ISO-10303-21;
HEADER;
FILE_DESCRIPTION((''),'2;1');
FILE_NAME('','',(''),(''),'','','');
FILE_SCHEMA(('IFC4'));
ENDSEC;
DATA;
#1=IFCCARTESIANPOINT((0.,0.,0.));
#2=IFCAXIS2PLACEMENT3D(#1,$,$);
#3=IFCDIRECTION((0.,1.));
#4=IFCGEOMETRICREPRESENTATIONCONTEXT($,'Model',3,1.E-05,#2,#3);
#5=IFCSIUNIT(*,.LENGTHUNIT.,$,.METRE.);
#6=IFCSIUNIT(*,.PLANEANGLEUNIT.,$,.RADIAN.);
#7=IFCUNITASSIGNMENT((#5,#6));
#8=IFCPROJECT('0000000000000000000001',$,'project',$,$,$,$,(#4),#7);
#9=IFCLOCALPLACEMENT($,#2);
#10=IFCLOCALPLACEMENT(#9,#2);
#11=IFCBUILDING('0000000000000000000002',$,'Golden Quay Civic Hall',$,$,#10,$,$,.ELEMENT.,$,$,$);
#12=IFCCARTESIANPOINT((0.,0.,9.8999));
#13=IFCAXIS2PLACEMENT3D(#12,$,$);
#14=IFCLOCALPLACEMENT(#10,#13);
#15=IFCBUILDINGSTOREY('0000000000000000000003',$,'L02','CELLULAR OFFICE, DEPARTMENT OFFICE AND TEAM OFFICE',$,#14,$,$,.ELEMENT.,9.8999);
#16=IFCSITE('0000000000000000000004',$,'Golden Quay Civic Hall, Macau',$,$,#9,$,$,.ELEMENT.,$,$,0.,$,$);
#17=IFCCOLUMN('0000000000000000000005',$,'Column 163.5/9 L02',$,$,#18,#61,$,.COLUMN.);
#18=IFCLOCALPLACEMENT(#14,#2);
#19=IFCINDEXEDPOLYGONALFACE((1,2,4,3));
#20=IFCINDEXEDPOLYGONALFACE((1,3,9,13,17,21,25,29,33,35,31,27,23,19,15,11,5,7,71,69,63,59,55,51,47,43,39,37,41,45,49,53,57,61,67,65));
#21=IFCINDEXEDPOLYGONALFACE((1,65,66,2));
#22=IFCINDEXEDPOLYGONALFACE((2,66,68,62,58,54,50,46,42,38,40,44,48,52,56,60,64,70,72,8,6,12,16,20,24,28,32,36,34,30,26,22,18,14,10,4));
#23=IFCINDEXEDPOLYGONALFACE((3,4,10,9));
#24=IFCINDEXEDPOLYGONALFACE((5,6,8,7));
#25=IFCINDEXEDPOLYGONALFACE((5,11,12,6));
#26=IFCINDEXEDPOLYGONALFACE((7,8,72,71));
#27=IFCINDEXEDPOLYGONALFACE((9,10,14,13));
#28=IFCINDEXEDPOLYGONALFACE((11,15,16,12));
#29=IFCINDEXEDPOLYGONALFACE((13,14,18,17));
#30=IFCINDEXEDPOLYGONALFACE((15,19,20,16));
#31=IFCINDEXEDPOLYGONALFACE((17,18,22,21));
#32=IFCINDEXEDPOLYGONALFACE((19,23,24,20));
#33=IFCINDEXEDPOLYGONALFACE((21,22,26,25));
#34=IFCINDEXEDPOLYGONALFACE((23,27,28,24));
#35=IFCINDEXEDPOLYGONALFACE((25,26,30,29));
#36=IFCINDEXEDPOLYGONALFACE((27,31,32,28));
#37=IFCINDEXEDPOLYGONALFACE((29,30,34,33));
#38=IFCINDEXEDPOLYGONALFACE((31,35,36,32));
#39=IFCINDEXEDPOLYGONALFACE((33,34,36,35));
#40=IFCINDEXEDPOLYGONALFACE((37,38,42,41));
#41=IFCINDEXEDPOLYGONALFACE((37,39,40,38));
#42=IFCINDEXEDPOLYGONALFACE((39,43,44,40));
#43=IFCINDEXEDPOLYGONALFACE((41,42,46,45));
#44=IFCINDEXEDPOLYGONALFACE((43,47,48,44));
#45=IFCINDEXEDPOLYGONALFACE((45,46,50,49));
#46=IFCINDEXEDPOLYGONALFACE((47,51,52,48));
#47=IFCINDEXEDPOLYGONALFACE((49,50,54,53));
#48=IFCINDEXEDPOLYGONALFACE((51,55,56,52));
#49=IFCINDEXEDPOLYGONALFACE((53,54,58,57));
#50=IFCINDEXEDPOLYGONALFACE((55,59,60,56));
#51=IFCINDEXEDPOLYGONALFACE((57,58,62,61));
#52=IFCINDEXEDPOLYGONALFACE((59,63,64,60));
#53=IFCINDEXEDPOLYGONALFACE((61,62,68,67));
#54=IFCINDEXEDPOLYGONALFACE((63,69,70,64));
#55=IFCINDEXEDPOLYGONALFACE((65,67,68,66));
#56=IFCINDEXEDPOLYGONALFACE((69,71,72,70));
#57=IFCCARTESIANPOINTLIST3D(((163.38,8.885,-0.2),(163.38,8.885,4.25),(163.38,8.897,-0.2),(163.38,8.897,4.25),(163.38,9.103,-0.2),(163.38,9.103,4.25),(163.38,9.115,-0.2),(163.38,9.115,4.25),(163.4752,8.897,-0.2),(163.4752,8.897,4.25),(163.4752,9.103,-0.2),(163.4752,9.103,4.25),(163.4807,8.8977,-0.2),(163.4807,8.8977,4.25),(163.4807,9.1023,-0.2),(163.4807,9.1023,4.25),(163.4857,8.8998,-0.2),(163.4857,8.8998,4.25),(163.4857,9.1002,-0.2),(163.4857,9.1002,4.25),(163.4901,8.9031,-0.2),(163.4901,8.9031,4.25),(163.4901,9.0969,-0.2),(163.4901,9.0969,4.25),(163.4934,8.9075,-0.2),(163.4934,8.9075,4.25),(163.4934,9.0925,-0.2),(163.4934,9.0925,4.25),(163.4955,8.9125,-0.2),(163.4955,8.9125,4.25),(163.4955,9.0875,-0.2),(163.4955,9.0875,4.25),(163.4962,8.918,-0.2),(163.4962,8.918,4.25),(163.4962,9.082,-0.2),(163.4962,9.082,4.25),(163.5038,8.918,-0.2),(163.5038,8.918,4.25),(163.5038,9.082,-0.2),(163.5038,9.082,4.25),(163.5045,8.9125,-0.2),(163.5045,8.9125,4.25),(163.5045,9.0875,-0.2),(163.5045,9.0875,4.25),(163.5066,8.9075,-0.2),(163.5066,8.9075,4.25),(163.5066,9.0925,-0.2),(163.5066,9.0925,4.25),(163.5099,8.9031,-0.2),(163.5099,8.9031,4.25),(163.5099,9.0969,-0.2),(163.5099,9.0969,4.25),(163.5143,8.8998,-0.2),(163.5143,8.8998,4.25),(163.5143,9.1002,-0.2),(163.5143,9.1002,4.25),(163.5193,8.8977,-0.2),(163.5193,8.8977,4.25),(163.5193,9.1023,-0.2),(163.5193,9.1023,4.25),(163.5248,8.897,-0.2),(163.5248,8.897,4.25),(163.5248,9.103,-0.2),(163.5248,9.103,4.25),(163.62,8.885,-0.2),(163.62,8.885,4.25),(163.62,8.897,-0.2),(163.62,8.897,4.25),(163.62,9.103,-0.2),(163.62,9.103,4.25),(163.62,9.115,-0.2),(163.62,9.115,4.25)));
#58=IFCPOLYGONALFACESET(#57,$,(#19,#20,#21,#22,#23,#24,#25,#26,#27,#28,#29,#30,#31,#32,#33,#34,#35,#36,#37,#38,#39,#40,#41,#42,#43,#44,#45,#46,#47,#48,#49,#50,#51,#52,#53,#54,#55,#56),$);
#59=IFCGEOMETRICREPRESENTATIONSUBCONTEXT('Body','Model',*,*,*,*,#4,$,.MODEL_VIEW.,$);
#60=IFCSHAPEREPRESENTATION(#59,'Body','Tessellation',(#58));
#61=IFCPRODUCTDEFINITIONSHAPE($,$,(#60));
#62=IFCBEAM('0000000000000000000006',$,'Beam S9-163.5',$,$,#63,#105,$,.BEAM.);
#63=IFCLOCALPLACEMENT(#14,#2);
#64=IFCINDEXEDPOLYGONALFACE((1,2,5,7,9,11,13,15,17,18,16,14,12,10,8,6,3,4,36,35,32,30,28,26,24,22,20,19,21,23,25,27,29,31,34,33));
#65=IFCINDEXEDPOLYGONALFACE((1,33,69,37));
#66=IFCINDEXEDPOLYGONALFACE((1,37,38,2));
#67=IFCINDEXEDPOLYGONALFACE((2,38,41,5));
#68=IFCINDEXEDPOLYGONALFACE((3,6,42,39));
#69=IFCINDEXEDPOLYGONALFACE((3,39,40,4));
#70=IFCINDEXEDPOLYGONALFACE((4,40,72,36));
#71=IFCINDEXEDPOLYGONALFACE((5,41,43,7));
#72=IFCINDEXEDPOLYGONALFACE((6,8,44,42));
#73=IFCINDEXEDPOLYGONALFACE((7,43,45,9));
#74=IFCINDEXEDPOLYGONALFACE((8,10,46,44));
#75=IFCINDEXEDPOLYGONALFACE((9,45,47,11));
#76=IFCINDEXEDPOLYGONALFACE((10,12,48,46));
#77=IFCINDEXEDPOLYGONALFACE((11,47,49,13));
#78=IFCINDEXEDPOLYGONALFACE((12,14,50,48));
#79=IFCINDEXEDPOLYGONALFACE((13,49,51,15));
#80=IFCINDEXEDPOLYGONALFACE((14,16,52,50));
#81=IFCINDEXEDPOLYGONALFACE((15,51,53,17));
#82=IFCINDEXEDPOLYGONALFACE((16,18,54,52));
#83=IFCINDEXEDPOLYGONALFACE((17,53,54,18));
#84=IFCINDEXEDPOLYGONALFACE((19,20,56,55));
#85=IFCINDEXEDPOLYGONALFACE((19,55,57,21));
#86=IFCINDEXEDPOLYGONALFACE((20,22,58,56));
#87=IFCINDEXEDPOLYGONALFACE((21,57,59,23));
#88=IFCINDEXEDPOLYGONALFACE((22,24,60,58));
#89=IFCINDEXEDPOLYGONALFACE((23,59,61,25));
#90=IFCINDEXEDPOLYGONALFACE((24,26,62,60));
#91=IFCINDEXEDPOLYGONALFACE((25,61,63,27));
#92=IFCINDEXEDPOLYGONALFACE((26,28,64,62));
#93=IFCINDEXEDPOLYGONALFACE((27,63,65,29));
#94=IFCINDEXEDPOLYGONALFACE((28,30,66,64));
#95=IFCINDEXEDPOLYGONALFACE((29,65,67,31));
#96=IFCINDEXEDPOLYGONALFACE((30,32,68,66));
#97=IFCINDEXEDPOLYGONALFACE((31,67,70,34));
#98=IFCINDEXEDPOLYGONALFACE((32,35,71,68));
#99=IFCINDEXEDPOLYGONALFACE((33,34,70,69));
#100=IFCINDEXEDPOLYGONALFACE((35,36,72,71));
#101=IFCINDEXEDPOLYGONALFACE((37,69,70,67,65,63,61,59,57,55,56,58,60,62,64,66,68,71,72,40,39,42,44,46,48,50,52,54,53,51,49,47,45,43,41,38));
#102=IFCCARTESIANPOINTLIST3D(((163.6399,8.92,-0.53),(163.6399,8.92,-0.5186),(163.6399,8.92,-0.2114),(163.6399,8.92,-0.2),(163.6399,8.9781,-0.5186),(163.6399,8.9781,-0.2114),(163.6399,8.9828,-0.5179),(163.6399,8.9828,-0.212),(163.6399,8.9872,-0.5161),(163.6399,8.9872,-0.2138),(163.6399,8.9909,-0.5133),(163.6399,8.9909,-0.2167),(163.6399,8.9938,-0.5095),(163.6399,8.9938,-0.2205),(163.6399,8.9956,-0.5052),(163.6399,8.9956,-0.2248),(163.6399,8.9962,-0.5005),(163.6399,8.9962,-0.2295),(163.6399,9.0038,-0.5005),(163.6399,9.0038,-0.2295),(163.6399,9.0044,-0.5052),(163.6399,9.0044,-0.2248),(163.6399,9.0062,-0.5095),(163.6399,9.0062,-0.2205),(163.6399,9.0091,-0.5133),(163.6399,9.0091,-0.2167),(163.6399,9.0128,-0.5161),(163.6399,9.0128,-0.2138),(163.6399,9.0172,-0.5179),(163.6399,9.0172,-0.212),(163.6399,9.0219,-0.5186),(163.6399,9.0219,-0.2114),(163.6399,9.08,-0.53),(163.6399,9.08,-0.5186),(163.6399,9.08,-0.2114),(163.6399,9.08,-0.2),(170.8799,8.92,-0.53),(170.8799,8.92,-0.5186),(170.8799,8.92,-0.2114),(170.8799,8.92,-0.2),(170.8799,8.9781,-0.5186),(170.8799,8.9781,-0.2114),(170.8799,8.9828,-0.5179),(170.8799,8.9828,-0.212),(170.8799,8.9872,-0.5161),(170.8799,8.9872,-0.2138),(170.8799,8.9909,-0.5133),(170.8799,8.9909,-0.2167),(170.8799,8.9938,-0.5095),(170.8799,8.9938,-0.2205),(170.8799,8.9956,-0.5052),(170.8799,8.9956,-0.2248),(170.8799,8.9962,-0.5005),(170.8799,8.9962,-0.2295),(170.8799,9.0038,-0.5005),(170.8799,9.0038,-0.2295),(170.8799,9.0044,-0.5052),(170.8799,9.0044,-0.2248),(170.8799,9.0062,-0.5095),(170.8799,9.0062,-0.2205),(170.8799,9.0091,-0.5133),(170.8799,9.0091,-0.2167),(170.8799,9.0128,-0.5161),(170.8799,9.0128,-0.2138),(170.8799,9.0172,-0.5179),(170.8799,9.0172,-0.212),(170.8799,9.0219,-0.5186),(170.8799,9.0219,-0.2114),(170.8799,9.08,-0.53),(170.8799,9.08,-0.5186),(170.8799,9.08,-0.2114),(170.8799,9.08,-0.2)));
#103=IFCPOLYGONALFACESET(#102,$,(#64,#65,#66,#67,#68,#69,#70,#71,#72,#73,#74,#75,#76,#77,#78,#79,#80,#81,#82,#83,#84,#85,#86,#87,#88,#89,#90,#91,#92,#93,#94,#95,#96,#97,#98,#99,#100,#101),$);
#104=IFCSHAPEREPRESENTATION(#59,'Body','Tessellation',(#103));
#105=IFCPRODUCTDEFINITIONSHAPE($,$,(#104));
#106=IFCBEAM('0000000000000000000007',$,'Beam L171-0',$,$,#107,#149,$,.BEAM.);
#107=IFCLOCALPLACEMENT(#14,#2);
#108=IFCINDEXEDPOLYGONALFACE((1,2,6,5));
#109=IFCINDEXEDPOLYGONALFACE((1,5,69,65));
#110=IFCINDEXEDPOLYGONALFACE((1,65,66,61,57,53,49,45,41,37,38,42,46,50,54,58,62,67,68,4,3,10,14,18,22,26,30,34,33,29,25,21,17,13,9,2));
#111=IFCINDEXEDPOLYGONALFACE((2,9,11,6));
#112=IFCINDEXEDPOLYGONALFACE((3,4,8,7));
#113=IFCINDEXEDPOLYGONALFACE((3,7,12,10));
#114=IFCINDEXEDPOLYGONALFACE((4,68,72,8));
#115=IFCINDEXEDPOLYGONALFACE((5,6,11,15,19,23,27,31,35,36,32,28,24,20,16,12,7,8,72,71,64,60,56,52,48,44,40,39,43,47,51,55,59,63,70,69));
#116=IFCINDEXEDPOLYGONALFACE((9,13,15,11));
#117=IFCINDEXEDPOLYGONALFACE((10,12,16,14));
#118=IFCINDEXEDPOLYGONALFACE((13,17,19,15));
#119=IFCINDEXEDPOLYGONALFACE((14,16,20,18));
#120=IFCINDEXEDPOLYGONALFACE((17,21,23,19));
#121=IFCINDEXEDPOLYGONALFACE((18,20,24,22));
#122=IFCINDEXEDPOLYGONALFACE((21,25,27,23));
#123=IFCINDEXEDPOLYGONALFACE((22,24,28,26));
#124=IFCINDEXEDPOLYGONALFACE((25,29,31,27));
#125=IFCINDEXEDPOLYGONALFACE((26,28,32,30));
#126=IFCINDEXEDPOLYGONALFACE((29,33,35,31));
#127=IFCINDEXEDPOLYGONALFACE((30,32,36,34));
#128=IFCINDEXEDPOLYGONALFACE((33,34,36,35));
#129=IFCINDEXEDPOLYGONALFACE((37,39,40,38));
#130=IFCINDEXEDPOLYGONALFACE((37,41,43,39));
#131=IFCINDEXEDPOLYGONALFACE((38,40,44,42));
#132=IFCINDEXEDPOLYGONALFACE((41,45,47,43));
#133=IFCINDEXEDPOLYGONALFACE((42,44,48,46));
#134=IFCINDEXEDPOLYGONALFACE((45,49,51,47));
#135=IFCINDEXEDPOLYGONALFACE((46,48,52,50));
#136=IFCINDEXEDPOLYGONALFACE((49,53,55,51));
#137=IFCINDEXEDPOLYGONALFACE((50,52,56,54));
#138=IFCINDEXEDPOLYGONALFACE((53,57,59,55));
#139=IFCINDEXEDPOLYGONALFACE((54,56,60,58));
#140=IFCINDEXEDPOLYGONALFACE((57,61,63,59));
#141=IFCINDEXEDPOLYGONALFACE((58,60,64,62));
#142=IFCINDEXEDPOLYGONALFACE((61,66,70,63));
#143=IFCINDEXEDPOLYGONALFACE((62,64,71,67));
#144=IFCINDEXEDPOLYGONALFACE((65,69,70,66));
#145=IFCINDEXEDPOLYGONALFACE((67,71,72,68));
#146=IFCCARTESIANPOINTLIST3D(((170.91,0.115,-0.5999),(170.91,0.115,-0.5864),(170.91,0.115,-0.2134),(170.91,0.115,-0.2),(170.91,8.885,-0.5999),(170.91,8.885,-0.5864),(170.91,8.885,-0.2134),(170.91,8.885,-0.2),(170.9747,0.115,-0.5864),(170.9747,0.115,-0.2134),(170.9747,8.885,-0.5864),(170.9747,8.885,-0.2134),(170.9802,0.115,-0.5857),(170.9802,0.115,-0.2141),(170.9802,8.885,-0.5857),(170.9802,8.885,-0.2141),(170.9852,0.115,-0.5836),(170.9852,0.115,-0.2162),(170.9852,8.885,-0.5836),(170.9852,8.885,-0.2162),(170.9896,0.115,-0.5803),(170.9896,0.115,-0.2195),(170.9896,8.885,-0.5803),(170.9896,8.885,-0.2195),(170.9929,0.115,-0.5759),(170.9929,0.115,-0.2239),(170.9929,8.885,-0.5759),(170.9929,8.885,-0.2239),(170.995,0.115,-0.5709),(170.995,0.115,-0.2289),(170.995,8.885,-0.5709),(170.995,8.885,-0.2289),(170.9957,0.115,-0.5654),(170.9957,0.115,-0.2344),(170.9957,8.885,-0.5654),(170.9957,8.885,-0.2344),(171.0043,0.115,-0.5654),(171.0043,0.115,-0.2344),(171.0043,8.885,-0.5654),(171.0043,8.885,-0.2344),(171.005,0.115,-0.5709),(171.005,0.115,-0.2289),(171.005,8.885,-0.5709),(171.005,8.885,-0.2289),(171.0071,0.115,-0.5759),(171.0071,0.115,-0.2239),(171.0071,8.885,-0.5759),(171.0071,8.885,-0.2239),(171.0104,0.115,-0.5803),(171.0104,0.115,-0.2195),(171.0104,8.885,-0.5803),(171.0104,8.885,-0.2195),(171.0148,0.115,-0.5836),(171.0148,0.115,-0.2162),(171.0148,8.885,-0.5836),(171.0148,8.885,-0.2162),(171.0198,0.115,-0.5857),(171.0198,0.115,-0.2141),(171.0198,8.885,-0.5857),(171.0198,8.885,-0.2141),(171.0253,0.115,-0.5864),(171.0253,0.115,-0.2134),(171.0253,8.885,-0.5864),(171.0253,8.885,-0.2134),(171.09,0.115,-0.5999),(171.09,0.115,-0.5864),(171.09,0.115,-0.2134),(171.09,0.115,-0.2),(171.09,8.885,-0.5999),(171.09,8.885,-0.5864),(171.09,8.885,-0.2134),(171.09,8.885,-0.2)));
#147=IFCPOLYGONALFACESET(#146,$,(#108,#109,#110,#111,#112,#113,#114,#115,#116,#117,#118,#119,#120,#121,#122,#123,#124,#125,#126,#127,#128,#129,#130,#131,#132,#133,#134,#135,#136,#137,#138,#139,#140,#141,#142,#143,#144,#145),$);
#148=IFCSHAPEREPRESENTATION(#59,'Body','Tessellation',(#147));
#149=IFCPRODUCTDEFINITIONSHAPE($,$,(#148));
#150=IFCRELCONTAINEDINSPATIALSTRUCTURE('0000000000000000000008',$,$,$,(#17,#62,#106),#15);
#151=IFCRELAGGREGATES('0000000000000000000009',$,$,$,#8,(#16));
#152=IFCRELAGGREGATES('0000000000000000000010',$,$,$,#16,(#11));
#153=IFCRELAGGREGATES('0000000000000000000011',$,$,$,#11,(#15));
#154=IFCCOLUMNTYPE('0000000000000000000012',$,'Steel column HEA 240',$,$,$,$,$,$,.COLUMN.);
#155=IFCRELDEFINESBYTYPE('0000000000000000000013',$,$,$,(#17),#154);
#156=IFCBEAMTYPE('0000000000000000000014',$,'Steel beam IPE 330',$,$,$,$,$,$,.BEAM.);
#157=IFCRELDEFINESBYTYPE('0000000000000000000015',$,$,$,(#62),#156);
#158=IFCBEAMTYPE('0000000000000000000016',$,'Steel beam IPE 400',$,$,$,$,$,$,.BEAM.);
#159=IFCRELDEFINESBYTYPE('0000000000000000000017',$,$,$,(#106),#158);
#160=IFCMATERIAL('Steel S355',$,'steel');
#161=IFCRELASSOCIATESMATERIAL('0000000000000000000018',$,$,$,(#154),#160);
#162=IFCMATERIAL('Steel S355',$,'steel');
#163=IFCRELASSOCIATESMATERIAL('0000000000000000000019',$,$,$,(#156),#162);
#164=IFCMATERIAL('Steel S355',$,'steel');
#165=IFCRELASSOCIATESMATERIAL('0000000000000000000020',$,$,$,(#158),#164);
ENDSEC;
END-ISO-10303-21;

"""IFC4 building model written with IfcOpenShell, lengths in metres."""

from ifc_helpers import new_model, si_unit, direction, frame, origin, origin_2d, place, context, subcontext, project, spatial, i_section, extrude, material, material_profile, profile_set, type_object, element, save


model = new_model("IFC4")

# Units and contexts
model_context = context("Model", 3, precision=1e-05, world=origin(), true_north=direction((0.0, 1.0)))
body_context = subcontext(model_context, "Body", "Model", "MODEL_VIEW")
ifc_project = project(units=[si_unit("LENGTHUNIT", "METRE"), si_unit("PLANEANGLEUNIT", "RADIAN")], contexts=[model_context])

# Site, building, storey
site_placement = place(None, origin())
site = spatial("IfcSite", under=ifc_project, at=site_placement, Name="Golden Quay Civic Hall, Macau", CompositionType="ELEMENT", RefElevation=0.0)
building_placement = place(site_placement, origin())
building = spatial("IfcBuilding", under=site, at=building_placement, Name="Golden Quay Civic Hall", CompositionType="ELEMENT")
storey_placement = place(building_placement, frame((0.0, 0.0, 9.8999)))
storey = spatial("IfcBuildingStorey", under=building, at=storey_placement, Name="L02", Description="CELLULAR OFFICE, DEPARTMENT OFFICE AND TEAM OFFICE", CompositionType="ELEMENT", Elevation=9.8999)

# Column
ifc_material_1 = material(Name="Steel S355", Category="steel")
ifc_material_profile_1 = material_profile(ifc_material_1, i_section(OverallWidth=0.24, OverallDepth=0.23, WebThickness=0.0076, FlangeThickness=0.012, FilletRadius=0.021, at=origin_2d()), Name="HEA 240")
ifc_profile_set_1 = profile_set([ifc_material_profile_1], Name="Steel S355")
column_type = type_object("IfcColumnType", Name="Steel column HEA 240", PredefinedType="COLUMN", material=ifc_profile_set_1)
column_placement = place(storey_placement, frame((163.5, 9.0, -0.2), z_axis=(0.0, 0.0, 1.0), x_axis=(1.0, 0.0, 0.0)))
element("IfcColumn", 1, at=column_placement, inside=storey, type_object=column_type, Name="Column 163.5/9 L02", PredefinedType="COLUMN", context=body_context, shape_type="SweptSolid", body=[
    extrude(i_section(OverallWidth=0.24, OverallDepth=0.23, WebThickness=0.0076, FlangeThickness=0.012, FilletRadius=0.021, at=origin_2d()), origin(), (0.0, 0.0, 1.0), 4.45),
])

# Beams
ifc_material_2 = material(Name="Steel S355", Category="steel")
ifc_material_profile_2 = material_profile(ifc_material_2, i_section(OverallWidth=0.1599, OverallDepth=0.3301, WebThickness=0.0076, FlangeThickness=0.0115, FilletRadius=0.0181, at=origin_2d()), Name="IPE 330")
ifc_profile_set_2 = profile_set([ifc_material_profile_2], Name="Steel S355")
beam_type_1 = type_object("IfcBeamType", Name="Steel beam IPE 330", PredefinedType="BEAM", material=ifc_profile_set_2)
beam_1_placement = place(storey_placement, frame((163.6399, 9.0, -0.365), z_axis=(1.0, 0.0, 0.0), x_axis=(0.0, 1.0, 0.0)))
element("IfcBeam", 2, at=beam_1_placement, inside=storey, type_object=beam_type_1, Name="Beam S9-163.5", PredefinedType="BEAM", context=body_context, shape_type="SweptSolid", body=[
    extrude(i_section(OverallWidth=0.1599, OverallDepth=0.3301, WebThickness=0.0076, FlangeThickness=0.0115, FilletRadius=0.0181, at=origin_2d()), origin(), (0.0, 0.0, 1.0), 7.24),
])
ifc_material_3 = material(Name="Steel S355", Category="steel")
ifc_material_profile_3 = material_profile(ifc_material_3, i_section(OverallWidth=0.1799, OverallDepth=0.3999, WebThickness=0.0085, FlangeThickness=0.0134, FilletRadius=0.021, at=origin_2d()), Name="IPE 400")
ifc_profile_set_3 = profile_set([ifc_material_profile_3], Name="Steel S355")
beam_type_2 = type_object("IfcBeamType", Name="Steel beam IPE 400", PredefinedType="BEAM", material=ifc_profile_set_3)
beam_2_placement = place(storey_placement, frame((171.0, 0.115, -0.3999), z_axis=(0.0, 1.0, 0.0), x_axis=(-1.0, 0.0, 0.0)))
element("IfcBeam", 3, at=beam_2_placement, inside=storey, type_object=beam_type_2, Name="Beam L171-0", PredefinedType="BEAM", context=body_context, shape_type="SweptSolid", body=[
    extrude(i_section(OverallWidth=0.1799, OverallDepth=0.3999, WebThickness=0.0085, FlangeThickness=0.0134, FilletRadius=0.021, at=origin_2d()), origin(), (0.0, 0.0, 1.0), 8.77),
])

save(model, "model.ifc")
